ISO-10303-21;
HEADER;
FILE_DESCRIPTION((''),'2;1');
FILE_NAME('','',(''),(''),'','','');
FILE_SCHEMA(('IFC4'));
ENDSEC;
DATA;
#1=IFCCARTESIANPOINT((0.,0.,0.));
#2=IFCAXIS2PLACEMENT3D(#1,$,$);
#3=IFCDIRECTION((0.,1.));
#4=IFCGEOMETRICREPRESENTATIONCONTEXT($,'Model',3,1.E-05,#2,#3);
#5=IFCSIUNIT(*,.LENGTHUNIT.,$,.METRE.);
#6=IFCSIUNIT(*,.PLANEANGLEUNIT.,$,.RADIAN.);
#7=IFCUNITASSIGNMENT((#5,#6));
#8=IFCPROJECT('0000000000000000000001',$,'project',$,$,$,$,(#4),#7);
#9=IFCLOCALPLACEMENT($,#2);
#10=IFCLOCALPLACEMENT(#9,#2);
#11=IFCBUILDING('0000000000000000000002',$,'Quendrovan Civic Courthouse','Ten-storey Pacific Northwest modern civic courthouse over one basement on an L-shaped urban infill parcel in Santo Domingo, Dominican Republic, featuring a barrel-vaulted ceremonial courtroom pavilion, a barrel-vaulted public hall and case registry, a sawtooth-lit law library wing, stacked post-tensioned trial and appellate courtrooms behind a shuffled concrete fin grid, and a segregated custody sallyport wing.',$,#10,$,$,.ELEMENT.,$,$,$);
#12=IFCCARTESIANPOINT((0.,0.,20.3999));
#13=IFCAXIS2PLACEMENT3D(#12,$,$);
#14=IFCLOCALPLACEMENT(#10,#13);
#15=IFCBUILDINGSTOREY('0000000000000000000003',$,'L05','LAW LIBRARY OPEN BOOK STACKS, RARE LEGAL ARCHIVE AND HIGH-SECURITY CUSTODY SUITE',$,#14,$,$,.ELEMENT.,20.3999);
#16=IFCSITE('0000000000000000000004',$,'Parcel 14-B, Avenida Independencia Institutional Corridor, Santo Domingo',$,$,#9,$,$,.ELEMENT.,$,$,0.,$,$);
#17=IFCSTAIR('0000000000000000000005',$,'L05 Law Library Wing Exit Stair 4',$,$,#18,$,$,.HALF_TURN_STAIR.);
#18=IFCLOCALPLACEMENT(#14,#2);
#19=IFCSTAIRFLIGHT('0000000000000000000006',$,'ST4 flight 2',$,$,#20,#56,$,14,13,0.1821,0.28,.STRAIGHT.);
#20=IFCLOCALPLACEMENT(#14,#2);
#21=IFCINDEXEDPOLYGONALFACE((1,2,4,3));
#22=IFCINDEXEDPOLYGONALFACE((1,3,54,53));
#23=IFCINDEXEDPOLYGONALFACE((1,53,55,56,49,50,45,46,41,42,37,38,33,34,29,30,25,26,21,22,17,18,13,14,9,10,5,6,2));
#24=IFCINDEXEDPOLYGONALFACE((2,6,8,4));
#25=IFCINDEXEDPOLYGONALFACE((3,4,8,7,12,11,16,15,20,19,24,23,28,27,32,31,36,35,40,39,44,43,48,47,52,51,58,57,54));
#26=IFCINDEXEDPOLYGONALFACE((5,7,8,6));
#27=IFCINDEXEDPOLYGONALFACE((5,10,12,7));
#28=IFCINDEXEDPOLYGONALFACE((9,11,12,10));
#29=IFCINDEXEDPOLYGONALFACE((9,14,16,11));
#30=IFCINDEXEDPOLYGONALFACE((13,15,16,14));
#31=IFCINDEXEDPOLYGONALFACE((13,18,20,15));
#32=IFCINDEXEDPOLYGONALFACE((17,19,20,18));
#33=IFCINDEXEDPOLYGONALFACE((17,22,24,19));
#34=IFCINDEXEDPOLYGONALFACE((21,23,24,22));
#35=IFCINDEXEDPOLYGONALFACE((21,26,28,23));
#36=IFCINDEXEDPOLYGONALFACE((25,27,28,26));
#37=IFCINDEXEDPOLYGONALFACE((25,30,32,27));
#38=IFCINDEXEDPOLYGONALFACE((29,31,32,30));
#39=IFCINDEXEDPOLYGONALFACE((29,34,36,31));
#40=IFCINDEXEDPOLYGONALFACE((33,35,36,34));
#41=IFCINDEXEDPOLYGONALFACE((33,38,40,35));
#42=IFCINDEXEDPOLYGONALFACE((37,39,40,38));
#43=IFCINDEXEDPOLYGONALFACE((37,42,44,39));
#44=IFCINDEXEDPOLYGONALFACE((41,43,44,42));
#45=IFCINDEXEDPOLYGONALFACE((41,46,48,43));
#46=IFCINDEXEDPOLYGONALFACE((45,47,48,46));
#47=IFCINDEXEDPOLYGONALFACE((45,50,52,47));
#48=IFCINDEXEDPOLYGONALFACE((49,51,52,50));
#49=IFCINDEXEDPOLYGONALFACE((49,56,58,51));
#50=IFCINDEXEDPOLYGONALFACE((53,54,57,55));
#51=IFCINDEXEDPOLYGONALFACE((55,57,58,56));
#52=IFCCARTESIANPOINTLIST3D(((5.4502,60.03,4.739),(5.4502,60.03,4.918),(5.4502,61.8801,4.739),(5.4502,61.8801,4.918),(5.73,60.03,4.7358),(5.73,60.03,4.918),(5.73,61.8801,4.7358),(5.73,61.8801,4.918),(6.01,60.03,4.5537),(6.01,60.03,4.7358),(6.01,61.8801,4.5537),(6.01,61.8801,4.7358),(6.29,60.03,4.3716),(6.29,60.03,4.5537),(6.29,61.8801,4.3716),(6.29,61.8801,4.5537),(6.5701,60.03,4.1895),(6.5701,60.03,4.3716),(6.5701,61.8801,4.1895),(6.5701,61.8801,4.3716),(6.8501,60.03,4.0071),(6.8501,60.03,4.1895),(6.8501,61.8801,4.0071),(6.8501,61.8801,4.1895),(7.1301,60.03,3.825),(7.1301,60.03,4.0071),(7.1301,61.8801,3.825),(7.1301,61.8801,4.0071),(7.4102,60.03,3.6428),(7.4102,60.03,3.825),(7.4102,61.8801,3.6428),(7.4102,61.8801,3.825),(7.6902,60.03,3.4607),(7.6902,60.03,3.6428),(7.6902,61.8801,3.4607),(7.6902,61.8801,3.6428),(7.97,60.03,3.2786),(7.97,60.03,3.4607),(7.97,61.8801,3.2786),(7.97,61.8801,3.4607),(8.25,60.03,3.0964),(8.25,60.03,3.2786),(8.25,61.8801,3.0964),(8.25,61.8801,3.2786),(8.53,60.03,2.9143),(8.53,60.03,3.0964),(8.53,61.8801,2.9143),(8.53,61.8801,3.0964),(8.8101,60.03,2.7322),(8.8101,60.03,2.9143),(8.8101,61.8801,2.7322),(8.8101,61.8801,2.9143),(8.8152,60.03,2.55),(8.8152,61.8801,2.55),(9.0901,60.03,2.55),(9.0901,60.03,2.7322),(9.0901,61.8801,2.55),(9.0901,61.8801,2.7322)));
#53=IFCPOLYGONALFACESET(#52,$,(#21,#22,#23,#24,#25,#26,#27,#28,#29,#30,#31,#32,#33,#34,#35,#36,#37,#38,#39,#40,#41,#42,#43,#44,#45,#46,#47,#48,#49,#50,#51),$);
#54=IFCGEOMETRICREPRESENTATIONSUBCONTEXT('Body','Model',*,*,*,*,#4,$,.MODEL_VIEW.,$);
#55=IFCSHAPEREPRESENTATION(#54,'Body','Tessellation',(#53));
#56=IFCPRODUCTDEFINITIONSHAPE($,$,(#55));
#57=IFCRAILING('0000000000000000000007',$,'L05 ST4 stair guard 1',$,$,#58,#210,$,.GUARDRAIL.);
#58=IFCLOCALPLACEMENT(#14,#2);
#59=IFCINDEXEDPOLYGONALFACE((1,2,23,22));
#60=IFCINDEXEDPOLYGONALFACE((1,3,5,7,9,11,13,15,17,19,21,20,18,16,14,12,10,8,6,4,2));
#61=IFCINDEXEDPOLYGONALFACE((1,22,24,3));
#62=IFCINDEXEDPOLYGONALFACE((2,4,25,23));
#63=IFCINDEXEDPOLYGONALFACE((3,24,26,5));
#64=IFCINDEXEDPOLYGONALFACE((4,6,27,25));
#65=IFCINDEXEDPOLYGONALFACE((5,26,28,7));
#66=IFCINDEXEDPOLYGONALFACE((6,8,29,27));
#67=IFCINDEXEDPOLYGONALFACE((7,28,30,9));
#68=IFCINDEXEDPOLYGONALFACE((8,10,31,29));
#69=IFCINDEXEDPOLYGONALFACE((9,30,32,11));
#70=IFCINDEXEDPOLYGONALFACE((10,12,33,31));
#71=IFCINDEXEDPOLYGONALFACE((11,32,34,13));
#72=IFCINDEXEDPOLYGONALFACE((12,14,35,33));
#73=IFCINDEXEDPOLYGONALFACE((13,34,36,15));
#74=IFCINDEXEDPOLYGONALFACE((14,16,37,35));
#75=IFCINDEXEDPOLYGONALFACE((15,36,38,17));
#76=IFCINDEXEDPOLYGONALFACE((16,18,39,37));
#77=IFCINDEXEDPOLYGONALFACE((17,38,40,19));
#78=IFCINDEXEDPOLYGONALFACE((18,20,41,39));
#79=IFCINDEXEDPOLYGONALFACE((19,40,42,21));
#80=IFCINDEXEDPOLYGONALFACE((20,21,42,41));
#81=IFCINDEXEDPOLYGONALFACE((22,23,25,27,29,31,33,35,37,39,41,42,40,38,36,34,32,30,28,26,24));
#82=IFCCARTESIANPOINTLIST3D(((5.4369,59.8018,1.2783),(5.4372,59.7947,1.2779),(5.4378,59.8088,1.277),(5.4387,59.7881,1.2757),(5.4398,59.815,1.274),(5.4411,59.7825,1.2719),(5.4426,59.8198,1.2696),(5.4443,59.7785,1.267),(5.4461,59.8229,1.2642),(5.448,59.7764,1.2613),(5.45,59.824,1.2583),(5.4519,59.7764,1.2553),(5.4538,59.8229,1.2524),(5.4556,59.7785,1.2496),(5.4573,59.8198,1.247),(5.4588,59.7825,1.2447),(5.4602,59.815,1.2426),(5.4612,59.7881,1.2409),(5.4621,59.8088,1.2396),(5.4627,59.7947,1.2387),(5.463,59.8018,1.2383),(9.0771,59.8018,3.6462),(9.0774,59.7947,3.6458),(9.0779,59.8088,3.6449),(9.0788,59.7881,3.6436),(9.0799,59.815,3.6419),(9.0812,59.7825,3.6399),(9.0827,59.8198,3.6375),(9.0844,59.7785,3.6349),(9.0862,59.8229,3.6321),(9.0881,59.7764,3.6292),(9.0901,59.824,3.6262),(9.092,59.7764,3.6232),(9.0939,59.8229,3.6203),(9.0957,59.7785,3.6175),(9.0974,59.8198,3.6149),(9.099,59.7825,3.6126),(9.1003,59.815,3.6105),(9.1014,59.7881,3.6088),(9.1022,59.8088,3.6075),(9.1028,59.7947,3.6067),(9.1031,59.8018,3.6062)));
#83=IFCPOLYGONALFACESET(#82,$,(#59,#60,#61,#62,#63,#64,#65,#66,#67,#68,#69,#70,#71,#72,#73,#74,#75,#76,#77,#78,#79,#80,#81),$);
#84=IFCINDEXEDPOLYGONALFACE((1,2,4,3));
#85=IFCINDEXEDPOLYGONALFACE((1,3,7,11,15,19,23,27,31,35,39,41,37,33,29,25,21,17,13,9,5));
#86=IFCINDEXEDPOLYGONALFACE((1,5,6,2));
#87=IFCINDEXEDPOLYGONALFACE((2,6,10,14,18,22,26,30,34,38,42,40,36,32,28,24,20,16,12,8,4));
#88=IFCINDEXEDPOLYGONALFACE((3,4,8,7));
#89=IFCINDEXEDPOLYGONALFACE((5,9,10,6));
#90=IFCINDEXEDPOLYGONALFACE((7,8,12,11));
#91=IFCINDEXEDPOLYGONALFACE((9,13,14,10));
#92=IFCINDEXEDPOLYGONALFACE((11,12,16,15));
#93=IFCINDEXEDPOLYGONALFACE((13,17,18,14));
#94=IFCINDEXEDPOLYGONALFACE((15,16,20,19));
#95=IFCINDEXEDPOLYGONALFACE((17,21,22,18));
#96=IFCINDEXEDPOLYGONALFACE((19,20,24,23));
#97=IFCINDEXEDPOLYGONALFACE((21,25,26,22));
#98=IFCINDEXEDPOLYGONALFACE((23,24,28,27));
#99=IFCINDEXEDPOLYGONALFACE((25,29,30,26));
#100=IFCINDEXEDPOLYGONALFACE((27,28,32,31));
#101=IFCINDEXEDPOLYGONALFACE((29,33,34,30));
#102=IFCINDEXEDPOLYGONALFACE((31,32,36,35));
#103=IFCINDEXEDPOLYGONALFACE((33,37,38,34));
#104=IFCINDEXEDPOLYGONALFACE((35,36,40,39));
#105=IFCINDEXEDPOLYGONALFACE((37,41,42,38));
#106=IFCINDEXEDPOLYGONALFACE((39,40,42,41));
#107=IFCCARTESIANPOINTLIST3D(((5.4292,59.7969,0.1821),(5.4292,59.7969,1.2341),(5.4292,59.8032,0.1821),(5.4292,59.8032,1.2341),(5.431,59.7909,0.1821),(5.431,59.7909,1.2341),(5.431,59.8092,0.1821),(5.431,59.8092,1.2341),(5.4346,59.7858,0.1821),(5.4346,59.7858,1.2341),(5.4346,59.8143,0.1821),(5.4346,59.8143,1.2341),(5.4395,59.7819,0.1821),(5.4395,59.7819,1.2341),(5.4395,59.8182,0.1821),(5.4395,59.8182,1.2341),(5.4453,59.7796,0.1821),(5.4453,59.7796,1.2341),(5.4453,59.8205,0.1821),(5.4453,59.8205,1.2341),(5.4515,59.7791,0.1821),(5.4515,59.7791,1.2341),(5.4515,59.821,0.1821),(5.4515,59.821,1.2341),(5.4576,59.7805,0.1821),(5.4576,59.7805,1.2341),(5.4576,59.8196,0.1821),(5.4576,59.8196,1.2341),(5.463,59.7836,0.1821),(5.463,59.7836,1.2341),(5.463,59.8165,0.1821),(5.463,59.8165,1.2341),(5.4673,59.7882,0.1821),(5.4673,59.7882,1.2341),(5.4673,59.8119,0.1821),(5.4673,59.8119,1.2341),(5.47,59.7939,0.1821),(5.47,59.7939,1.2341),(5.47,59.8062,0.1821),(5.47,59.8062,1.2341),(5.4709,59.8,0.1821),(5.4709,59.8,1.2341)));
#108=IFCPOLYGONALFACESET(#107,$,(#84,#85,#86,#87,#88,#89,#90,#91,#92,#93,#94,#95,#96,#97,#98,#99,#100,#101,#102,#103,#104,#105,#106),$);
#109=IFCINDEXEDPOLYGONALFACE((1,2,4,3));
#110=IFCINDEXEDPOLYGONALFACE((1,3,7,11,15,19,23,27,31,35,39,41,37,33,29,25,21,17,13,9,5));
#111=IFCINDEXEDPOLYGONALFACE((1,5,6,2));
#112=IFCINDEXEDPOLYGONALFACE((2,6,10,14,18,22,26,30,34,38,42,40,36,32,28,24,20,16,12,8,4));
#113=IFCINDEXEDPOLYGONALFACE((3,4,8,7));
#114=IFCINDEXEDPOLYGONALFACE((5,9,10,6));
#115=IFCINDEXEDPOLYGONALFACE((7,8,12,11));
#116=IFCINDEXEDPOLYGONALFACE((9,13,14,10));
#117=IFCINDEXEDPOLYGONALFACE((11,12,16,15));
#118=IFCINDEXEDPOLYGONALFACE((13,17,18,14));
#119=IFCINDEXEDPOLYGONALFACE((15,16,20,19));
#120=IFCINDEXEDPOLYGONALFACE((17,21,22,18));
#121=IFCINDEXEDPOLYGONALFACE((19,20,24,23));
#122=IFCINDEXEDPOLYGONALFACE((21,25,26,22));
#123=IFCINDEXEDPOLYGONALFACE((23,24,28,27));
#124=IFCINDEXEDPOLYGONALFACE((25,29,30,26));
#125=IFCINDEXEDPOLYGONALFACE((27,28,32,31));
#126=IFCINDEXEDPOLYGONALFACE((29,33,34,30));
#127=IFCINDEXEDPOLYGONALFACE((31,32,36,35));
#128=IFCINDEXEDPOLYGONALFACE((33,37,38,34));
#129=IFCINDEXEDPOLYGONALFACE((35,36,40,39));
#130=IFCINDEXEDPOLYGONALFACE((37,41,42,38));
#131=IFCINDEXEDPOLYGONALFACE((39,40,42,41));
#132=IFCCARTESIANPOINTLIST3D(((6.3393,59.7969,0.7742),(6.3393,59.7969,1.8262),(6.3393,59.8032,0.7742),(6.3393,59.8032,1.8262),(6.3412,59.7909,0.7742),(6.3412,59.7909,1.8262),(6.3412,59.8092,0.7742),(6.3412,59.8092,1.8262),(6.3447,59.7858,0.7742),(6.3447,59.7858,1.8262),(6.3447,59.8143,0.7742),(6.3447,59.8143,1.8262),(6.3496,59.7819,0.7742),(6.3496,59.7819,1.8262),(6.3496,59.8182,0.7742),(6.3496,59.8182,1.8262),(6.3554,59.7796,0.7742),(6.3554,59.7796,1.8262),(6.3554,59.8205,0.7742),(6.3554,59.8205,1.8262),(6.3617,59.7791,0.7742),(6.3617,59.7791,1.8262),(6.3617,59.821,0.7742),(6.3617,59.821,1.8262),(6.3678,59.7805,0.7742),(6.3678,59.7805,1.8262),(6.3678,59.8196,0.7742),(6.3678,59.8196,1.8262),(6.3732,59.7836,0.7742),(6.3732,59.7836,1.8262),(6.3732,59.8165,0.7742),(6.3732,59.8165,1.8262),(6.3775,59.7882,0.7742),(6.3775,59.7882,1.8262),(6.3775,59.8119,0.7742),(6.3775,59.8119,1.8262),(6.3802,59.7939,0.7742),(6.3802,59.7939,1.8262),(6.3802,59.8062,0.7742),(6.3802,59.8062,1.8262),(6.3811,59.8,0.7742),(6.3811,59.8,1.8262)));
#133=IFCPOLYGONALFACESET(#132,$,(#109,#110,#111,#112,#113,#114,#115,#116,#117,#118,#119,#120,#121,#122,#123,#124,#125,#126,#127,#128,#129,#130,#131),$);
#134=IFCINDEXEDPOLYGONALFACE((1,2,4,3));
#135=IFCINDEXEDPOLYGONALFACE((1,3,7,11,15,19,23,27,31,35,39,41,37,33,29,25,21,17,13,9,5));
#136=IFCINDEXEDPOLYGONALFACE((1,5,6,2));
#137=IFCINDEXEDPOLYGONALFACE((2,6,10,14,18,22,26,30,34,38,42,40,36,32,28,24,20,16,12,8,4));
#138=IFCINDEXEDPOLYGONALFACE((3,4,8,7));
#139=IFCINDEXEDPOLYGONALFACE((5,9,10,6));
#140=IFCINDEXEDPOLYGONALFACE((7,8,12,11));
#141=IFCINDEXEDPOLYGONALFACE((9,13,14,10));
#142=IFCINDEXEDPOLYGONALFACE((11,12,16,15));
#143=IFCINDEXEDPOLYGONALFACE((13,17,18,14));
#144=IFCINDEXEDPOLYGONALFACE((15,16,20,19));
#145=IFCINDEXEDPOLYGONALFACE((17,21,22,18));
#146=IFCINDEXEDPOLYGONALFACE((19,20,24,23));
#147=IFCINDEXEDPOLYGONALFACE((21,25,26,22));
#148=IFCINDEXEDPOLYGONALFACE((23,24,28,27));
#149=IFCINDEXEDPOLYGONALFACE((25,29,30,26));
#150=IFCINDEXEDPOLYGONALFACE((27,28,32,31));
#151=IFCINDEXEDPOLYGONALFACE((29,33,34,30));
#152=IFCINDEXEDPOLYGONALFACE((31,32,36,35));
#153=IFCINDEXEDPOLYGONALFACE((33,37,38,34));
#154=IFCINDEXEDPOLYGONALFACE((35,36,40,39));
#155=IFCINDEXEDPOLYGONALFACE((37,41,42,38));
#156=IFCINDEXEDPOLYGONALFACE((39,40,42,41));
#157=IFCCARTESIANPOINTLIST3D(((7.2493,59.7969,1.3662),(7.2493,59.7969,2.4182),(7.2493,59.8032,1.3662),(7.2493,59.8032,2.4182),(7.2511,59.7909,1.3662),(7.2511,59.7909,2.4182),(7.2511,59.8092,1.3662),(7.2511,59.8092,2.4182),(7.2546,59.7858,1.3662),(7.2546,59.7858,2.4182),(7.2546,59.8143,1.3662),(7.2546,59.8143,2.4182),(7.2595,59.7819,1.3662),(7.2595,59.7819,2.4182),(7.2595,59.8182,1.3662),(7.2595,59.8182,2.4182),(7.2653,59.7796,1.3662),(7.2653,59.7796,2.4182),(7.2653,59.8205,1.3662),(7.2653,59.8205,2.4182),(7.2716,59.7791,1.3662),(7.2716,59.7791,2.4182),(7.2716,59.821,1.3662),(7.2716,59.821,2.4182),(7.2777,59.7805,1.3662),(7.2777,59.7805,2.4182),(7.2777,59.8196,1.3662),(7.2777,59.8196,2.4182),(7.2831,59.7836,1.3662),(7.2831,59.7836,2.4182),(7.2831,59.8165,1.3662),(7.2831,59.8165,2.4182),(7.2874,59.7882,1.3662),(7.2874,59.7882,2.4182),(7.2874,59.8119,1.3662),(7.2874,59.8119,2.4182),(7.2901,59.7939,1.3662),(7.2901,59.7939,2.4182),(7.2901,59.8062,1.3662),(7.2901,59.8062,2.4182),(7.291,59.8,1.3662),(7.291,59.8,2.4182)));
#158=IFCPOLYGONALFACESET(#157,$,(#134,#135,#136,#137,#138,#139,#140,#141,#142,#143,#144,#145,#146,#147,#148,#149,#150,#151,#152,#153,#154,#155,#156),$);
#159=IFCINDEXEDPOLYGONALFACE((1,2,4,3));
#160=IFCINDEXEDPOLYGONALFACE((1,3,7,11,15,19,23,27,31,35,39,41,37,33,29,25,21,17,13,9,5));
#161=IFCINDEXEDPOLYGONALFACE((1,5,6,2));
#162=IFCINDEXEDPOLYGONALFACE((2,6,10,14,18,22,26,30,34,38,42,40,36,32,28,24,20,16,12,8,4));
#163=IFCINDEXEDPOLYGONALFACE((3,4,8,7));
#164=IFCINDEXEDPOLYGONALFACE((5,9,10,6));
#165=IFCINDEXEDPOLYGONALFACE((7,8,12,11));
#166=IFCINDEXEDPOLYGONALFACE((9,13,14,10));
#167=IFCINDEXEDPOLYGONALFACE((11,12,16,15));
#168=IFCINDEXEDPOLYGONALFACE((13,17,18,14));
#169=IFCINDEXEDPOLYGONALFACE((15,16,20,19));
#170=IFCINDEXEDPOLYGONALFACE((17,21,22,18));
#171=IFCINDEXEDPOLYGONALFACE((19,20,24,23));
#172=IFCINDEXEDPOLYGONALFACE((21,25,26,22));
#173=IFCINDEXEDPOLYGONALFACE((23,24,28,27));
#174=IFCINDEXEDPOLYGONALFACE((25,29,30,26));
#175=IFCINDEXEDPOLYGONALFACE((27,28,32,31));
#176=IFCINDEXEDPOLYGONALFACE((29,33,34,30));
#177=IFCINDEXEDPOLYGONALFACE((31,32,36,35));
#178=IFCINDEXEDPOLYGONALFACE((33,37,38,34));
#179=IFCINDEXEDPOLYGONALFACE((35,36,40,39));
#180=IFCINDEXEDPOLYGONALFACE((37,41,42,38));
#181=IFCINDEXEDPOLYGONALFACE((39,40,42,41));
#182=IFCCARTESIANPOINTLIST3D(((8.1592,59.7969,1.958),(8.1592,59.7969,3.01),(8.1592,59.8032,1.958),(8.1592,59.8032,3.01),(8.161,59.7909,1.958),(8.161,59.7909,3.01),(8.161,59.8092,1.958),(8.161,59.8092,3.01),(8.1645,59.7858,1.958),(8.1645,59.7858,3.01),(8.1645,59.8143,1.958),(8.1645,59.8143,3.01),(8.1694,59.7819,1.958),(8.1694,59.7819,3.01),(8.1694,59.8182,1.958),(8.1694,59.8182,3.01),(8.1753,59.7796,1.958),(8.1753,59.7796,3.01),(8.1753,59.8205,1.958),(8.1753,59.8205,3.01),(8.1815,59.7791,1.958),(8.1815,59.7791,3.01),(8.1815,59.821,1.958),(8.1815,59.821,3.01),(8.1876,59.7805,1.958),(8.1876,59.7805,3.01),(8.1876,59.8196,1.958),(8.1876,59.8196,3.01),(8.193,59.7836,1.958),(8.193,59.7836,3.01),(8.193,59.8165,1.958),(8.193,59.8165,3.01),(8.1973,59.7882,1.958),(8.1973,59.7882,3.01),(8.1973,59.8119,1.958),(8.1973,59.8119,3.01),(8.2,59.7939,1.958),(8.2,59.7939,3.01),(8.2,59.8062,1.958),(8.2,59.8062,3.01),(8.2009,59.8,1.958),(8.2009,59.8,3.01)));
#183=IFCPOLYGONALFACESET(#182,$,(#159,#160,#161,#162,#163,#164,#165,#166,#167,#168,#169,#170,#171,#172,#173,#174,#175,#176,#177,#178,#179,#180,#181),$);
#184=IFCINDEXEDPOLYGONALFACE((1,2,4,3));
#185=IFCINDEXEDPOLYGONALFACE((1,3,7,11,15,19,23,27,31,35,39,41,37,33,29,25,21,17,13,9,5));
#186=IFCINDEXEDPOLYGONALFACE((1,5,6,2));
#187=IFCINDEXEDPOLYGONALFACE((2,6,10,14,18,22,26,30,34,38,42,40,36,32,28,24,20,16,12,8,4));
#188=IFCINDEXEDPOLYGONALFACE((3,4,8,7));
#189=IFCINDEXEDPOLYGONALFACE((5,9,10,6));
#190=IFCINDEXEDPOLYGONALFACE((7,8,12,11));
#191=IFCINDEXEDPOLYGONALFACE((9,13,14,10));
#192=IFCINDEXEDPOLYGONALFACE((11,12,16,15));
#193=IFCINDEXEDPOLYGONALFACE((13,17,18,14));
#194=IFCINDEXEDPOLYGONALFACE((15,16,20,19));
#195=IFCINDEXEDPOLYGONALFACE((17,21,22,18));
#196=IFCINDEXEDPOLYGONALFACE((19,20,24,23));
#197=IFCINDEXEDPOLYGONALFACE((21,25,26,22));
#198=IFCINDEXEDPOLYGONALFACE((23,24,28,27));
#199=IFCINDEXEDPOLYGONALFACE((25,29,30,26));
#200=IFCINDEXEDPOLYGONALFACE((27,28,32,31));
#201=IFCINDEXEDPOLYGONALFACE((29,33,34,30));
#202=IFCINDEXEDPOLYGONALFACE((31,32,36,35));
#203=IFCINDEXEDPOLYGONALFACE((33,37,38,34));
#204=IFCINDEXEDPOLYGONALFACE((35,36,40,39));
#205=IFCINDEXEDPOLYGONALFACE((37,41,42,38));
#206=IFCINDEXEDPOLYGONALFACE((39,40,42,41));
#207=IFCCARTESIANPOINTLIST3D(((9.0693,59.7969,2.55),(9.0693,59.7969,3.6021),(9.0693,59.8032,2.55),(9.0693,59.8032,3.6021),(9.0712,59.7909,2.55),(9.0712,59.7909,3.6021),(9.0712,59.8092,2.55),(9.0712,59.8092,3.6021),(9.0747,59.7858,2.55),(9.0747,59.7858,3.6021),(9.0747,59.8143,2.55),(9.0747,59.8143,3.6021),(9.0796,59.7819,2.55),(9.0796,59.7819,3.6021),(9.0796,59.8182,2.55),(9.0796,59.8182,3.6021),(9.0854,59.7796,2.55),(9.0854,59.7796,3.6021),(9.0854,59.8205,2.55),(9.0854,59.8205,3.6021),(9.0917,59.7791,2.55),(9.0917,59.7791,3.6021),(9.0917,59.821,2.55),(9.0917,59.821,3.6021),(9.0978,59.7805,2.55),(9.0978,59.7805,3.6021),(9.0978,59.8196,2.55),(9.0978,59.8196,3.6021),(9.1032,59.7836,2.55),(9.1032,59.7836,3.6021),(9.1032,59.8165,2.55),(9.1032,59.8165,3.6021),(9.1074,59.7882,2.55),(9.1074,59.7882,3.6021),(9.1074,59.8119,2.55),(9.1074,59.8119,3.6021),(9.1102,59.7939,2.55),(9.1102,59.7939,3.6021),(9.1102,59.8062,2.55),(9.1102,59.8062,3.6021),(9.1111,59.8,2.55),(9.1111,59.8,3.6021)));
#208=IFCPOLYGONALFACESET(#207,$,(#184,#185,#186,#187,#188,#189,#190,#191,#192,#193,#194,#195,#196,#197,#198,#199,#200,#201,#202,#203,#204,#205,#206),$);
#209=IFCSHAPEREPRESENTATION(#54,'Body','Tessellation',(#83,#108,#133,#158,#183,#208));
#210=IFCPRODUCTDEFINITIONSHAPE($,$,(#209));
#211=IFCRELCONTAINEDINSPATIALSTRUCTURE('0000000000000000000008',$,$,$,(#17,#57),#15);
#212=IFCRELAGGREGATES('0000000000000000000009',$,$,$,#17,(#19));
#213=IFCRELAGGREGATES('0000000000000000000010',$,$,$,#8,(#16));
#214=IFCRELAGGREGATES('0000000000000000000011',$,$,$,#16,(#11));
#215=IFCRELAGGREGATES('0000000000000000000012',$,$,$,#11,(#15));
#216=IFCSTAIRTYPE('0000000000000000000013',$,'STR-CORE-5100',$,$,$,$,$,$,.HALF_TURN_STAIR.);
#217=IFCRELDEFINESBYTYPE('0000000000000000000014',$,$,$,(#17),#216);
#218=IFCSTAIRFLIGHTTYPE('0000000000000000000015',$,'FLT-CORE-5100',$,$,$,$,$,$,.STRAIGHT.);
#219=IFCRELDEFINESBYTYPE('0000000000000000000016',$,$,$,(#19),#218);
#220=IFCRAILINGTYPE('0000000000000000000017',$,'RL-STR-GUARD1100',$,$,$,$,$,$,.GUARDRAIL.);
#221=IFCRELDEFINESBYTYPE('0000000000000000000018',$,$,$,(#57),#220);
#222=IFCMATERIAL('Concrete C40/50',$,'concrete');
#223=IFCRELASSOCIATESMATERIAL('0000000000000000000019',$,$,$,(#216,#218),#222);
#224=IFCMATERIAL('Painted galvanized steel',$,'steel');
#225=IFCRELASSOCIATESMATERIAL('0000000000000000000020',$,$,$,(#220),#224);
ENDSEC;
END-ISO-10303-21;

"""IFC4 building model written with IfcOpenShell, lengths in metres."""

from ifc_helpers import new_model, si_unit, direction, frame, origin, origin_2d, place, context, subcontext, project, spatial, polyline, circle, outline, extrude, material, type_object, element, aggregate, save


model = new_model("IFC4")

# Units and contexts
model_context = context("Model", 3, precision=1e-05, world=origin(), true_north=direction((0.0, 1.0)))
body_context = subcontext(model_context, "Body", "Model", "MODEL_VIEW")
ifc_project = project(units=[si_unit("LENGTHUNIT", "METRE"), si_unit("PLANEANGLEUNIT", "RADIAN")], contexts=[model_context])

# Site, building, storey
site_placement = place(None, origin())
site = spatial("IfcSite", under=ifc_project, at=site_placement, Name="Parcel 14-B, Avenida Independencia Institutional Corridor, Santo Domingo", CompositionType="ELEMENT", RefElevation=0.0)
building_placement = place(site_placement, origin())
building = spatial("IfcBuilding", under=site, at=building_placement, Name="Quendrovan Civic Courthouse", Description="Ten-storey Pacific Northwest modern civic courthouse over one basement on an L-shaped urban infill parcel in Santo Domingo, Dominican Republic, featuring a barrel-vaulted ceremonial courtroom pavilion, a barrel-vaulted public hall and case registry, a sawtooth-lit law library wing, stacked post-tensioned trial and appellate courtrooms behind a shuffled concrete fin grid, and a segregated custody sallyport wing.", CompositionType="ELEMENT")
storey_placement = place(building_placement, frame((0.0, 0.0, 20.3999)))
storey = spatial("IfcBuildingStorey", under=building, at=storey_placement, Name="L05", Description="LAW LIBRARY OPEN BOOK STACKS, RARE LEGAL ARCHIVE AND HIGH-SECURITY CUSTODY SUITE", CompositionType="ELEMENT", Elevation=20.3999)

# Shared definitions
ifc_material_1 = material(Name="Concrete C40/50", Category="concrete")

# Stair, stair flight
stair_type = type_object("IfcStairType", Name="STR-CORE-5100", PredefinedType="HALF_TURN_STAIR", material=ifc_material_1)
stair_placement = place(storey_placement, origin())
stair = element("IfcStair", 1, at=stair_placement, inside=storey, type_object=stair_type, Name="L05 Law Library Wing Exit Stair 4", PredefinedType="HALF_TURN_STAIR")
stair_flight_type = type_object("IfcStairFlightType", Name="FLT-CORE-5100", PredefinedType="STRAIGHT", material=ifc_material_1)
stair_flight_1_placement = place(storey_placement, frame((9.0901, 60.9551, 2.55), z_axis=(0.0, 0.0, 1.0), x_axis=(-1.0, 0.0, 0.0)))
stair_flight_1 = element("IfcStairFlight", 2, at=stair_flight_1_placement, type_object=stair_flight_type, Name="ST4 flight 2", NumberOfRisers=14, NumberOfTreads=13, PredefinedType="STRAIGHT", RiserHeight=0.1821, TreadLength=0.28, context=body_context, shape_type="SweptSolid", body=[
    extrude(outline(polyline([(0.0, 0.0), (0.0, 0.1821), (0.28, 0.1821), (0.28, 0.3643), (0.5601, 0.3643), (0.5601, 0.5464), (0.8401, 0.5464), (0.8401, 0.7285), (1.1201, 0.7285), (1.1201, 0.9106), (1.3999, 0.9106), (1.3999, 1.0928), (1.6799, 1.0928), (1.6799, 1.2749), (1.96, 1.2749), (1.96, 1.457), (2.24, 1.457), (2.24, 1.6394), (2.52, 1.6394), (2.52, 1.8215), (2.8, 1.8215), (2.8, 2.0037), (3.0801, 2.0037), (3.0801, 2.1858), (3.3601, 2.1858), (3.3601, 2.3679), (3.6399, 2.3679), (3.6399, 2.55), (3.6399, 2.189), (0.2749, 0.0), (0.0, 0.0)])), frame((0.0, 0.925, 0.0), z_axis=(0.0, -1.0, 0.0), x_axis=(1.0, 0.0, 0.0)), (0.0, 0.0, 1.0), 1.8501),
])
aggregate(stair, [stair_flight_1])

# Railing
ifc_material_2 = material(Name="Painted galvanized steel", Category="steel")
railing_type_1 = type_object("IfcRailingType", Name="RL-STR-GUARD1100", PredefinedType="GUARDRAIL", material=ifc_material_2)
railing_1_placement = place(storey_placement, frame((5.45, 59.8, 0.1821)))
element("IfcRailing", 3, at=railing_1_placement, inside=storey, type_object=railing_type_1, Name="L05 ST4 stair guard 1", PredefinedType="GUARDRAIL", context=body_context, shape_type="SweptSolid", body=[
    extrude(circle(Radius=0.0239, at=origin_2d()), frame((0.0, 0.0, 1.0762), z_axis=(0.838251, 0.0, 0.545285), x_axis=(0.0, 1.0, 0.0)), (0.0, 0.0, 1.0), 4.3425),
    extrude(circle(Radius=0.021, at=origin_2d()), origin(), (0.0, 0.0, 1.0), 1.052),
    extrude(circle(Radius=0.021, at=origin_2d()), frame((0.9102, 0.0, 0.592)), (0.0, 0.0, 1.0), 1.052),
    extrude(circle(Radius=0.021, at=origin_2d()), frame((1.8201, 0.0, 1.1841)), (0.0, 0.0, 1.0), 1.052),
    extrude(circle(Radius=0.021, at=origin_2d()), frame((2.73, 0.0, 1.7759)), (0.0, 0.0, 1.0), 1.052),
    extrude(circle(Radius=0.021, at=origin_2d()), frame((3.6401, 0.0, 2.3679)), (0.0, 0.0, 1.0), 1.052),
])

save(model, "model.ifc")
